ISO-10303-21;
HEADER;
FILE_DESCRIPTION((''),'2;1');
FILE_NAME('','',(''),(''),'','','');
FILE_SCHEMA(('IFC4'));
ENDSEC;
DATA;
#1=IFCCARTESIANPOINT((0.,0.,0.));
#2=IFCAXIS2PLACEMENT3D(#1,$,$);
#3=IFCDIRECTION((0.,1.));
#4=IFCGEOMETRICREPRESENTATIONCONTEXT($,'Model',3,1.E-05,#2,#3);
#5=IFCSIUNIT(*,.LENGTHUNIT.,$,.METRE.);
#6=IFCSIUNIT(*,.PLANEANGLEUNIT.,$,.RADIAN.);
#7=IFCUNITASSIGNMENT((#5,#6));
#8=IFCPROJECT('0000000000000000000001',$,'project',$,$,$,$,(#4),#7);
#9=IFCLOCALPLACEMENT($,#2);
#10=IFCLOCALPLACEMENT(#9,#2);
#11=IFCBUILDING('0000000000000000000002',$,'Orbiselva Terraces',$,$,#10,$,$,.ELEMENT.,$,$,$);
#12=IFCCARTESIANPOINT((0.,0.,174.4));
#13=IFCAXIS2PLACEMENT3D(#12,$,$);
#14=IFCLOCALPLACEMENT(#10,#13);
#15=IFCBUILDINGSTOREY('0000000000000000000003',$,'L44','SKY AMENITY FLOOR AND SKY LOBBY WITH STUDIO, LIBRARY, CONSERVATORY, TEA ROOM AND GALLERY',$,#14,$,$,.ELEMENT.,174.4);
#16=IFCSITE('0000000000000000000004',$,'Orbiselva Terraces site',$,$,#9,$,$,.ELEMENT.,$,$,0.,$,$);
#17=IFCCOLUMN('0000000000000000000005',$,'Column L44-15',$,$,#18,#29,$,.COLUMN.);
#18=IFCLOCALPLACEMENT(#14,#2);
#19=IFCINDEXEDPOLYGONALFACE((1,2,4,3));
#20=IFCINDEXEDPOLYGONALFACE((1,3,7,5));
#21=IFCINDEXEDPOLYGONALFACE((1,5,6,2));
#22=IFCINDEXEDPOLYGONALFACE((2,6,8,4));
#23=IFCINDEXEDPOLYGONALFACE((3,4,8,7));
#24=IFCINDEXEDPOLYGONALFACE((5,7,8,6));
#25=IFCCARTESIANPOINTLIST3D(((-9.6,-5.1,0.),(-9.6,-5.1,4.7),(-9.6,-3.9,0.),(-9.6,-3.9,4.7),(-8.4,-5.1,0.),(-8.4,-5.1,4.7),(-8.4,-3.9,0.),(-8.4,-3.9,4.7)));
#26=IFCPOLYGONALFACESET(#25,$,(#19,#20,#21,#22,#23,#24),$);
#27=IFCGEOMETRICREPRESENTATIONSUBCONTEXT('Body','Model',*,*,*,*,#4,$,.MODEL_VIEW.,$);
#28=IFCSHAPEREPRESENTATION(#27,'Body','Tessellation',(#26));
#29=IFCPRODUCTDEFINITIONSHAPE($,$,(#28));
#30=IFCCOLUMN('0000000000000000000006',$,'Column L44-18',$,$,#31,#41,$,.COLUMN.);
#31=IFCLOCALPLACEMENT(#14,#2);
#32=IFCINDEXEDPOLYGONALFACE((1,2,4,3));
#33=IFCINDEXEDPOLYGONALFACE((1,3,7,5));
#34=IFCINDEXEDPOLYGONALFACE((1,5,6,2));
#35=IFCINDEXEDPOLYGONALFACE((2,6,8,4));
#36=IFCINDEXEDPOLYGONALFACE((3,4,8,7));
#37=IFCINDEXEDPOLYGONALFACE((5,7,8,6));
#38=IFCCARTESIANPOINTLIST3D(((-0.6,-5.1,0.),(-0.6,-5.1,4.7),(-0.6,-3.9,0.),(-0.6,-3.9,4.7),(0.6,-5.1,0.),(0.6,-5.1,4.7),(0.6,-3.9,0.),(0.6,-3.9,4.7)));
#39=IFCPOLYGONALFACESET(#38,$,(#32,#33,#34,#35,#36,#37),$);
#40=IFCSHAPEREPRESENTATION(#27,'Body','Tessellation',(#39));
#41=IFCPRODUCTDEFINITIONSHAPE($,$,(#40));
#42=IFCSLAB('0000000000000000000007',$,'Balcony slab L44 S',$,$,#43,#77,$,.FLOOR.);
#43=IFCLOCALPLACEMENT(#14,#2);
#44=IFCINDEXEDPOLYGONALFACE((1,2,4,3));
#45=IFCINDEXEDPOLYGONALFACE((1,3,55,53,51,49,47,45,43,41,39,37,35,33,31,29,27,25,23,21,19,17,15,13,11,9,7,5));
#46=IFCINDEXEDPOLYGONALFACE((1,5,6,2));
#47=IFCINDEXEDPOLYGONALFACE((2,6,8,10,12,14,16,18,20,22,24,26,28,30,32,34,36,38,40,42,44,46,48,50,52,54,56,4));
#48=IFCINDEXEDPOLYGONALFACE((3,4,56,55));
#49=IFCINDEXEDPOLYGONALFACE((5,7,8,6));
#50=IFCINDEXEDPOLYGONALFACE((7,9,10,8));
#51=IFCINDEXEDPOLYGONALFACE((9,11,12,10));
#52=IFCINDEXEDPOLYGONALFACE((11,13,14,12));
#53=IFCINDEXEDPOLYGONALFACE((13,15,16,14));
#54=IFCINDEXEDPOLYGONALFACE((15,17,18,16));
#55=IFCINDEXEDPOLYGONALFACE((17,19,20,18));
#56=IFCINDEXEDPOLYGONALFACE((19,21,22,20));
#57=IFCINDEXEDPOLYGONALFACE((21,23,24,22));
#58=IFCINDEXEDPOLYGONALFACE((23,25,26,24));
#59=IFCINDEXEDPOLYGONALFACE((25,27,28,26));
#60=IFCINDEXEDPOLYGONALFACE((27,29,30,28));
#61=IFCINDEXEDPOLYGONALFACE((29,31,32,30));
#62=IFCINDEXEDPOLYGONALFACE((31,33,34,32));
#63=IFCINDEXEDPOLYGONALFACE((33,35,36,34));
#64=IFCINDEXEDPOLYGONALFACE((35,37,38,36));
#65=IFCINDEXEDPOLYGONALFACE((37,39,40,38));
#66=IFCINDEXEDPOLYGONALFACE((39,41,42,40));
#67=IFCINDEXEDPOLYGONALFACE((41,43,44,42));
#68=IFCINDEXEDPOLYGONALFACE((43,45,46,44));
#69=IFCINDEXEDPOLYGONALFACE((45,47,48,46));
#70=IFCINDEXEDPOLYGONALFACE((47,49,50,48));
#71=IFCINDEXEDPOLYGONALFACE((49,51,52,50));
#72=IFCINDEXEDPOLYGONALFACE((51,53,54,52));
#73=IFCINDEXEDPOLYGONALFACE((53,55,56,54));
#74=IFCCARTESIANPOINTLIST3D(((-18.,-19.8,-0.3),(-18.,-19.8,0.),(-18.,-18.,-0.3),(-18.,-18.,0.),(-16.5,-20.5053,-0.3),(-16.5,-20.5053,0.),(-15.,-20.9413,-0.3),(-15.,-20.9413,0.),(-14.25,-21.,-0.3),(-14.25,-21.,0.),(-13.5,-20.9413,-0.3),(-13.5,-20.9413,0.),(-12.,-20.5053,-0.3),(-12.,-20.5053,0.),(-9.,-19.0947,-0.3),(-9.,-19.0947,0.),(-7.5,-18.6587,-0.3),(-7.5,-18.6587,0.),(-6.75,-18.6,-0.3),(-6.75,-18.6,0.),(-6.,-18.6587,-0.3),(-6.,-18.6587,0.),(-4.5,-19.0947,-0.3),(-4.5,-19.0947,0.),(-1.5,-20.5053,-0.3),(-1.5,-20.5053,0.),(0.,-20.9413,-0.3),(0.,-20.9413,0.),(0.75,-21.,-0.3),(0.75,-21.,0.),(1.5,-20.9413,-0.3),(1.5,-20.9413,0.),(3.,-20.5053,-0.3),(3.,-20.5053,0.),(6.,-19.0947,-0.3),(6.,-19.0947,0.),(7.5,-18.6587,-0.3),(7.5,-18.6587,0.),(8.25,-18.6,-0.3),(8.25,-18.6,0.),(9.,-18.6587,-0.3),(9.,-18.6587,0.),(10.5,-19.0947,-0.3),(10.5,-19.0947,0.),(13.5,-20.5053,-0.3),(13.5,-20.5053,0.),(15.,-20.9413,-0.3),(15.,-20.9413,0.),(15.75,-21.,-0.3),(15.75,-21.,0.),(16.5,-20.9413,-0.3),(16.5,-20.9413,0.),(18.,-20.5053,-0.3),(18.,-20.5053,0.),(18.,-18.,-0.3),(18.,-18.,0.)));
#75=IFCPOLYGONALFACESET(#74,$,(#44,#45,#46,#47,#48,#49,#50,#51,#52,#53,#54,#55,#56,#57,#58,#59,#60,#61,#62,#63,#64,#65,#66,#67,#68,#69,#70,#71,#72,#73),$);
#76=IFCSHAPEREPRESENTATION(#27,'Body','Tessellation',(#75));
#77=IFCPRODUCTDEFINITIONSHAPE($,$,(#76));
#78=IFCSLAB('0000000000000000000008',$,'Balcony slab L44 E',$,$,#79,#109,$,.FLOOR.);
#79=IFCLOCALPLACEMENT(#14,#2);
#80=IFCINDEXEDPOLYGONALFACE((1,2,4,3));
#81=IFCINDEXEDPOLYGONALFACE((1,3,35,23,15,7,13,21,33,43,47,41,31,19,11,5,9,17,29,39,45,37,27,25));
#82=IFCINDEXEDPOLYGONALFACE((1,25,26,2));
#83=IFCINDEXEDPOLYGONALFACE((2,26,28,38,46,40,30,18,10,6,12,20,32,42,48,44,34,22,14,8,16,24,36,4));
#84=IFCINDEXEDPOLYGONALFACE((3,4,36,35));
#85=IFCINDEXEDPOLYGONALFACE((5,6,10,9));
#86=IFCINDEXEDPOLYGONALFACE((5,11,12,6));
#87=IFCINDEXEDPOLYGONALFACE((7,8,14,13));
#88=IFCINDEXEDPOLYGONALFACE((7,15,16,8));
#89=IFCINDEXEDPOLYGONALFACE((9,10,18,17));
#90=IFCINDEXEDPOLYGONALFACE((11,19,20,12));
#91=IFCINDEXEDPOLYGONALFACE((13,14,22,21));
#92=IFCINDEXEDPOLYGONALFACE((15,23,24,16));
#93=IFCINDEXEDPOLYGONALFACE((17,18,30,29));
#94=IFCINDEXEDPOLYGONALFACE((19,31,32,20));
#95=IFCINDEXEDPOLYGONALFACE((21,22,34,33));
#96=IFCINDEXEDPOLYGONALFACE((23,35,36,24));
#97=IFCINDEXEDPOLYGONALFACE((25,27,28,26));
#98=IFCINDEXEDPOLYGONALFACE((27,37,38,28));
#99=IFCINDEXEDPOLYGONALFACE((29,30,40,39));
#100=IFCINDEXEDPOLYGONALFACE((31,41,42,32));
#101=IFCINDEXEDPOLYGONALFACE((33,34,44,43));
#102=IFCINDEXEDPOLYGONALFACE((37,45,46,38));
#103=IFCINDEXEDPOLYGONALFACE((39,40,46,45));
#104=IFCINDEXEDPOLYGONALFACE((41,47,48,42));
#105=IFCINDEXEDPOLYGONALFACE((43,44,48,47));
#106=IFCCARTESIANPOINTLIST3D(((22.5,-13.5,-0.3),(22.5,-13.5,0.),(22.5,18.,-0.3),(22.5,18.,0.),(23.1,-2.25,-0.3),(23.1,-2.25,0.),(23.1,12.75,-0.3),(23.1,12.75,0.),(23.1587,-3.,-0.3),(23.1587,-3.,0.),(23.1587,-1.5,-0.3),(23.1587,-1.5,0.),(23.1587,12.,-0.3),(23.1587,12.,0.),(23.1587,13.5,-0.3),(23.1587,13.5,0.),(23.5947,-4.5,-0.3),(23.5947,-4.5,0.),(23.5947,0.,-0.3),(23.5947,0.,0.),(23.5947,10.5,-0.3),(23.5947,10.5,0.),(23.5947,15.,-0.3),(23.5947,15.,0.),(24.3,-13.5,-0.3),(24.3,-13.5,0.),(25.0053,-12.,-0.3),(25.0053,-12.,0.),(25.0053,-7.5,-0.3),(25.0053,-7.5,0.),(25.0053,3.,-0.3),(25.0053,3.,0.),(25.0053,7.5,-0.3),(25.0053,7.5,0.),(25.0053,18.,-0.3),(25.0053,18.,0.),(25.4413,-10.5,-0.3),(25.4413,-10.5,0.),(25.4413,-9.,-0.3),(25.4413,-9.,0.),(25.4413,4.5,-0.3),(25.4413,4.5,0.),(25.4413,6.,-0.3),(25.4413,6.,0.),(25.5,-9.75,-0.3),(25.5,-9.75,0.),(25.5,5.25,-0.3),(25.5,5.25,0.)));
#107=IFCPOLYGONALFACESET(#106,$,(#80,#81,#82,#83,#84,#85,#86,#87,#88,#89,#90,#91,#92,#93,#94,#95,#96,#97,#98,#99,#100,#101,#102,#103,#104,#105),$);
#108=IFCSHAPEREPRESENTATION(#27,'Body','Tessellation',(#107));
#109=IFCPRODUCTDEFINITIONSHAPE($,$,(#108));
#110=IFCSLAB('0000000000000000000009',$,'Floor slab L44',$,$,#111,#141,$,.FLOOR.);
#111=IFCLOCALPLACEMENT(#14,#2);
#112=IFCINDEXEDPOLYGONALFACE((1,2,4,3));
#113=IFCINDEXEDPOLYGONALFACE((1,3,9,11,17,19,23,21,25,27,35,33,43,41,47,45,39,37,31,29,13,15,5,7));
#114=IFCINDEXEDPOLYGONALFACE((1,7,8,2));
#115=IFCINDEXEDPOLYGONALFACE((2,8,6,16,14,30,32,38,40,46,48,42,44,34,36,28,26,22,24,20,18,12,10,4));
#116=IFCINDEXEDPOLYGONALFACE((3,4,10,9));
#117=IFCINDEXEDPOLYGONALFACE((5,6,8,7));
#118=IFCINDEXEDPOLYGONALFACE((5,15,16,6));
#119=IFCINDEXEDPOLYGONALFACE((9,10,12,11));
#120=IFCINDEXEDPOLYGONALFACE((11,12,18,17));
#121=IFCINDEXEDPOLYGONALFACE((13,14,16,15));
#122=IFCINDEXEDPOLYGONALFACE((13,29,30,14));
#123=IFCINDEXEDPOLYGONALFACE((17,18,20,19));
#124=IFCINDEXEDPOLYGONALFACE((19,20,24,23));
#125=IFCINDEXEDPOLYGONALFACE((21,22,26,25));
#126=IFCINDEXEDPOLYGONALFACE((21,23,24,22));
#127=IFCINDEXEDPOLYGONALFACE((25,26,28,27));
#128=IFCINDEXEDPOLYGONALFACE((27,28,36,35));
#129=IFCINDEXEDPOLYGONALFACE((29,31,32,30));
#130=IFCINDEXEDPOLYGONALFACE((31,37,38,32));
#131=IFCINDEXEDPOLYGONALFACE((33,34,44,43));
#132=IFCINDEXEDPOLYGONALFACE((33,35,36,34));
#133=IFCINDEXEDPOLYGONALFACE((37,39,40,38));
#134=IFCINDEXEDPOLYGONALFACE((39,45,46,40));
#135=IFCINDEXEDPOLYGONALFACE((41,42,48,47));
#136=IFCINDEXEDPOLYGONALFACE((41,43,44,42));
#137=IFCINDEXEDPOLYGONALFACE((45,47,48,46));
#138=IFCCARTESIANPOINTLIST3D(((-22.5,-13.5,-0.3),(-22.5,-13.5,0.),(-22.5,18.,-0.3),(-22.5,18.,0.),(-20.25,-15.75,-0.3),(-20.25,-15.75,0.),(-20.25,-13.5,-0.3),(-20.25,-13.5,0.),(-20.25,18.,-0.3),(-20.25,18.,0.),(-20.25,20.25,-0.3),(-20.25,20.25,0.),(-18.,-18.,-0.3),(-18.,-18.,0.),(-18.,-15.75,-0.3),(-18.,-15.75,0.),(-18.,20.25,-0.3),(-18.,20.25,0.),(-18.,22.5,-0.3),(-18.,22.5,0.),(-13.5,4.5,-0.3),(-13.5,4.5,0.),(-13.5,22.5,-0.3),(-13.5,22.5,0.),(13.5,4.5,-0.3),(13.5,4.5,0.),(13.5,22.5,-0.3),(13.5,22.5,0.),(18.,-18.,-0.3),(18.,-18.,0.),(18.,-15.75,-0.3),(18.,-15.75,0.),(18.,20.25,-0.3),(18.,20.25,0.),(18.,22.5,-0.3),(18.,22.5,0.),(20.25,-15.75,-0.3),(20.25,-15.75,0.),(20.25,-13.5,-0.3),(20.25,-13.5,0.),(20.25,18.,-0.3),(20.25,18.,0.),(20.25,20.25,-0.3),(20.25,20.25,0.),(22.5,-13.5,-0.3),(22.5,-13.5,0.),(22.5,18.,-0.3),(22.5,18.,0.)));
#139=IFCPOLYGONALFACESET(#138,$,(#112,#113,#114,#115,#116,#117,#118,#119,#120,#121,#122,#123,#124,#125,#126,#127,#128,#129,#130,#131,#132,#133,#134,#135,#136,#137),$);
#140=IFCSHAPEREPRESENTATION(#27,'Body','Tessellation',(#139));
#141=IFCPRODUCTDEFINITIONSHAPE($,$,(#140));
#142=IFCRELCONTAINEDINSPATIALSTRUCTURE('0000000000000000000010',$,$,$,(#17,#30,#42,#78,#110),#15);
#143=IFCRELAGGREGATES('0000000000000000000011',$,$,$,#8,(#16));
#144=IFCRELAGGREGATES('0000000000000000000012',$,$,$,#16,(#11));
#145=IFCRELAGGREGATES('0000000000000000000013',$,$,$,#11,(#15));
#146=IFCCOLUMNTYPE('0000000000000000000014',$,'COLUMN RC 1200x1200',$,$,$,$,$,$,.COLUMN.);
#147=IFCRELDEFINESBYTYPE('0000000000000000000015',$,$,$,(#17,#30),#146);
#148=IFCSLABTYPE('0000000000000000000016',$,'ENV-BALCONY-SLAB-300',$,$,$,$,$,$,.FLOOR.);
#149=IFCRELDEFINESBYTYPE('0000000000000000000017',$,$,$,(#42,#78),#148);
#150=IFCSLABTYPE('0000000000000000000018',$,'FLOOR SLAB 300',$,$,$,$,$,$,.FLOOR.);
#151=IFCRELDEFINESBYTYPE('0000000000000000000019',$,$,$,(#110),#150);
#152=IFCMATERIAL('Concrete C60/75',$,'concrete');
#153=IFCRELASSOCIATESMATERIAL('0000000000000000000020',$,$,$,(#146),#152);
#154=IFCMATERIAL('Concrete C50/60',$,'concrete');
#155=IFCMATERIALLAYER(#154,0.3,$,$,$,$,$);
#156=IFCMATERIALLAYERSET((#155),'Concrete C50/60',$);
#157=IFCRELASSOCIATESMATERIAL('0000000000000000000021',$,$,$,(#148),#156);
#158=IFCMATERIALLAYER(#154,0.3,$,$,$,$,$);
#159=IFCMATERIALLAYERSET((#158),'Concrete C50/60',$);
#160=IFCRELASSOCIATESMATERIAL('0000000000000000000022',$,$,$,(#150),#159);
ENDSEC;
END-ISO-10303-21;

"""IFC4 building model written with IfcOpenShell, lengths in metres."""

from ifc_helpers import new_model, si_unit, direction, frame, origin, origin_2d, place, context, subcontext, project, spatial, polyline, rectangle, outline, extrude, material, layer, layer_set, material_profile, profile_set, type_object, element, save


model = new_model("IFC4")

# Units and contexts
model_context = context("Model", 3, precision=1e-05, world=origin(), true_north=direction((0.0, 1.0)))
body_context = subcontext(model_context, "Body", "Model", "MODEL_VIEW")
ifc_project = project(units=[si_unit("LENGTHUNIT", "METRE"), si_unit("PLANEANGLEUNIT", "RADIAN")], contexts=[model_context])

# Site, building, storey
site_placement = place(None, origin())
site = spatial("IfcSite", under=ifc_project, at=site_placement, Name="Orbiselva Terraces site", CompositionType="ELEMENT", RefElevation=0.0)
building_placement = place(site_placement, origin())
building = spatial("IfcBuilding", under=site, at=building_placement, Name="Orbiselva Terraces", CompositionType="ELEMENT")
storey_placement = place(building_placement, frame((0.0, 0.0, 174.4)))
storey = spatial("IfcBuildingStorey", under=building, at=storey_placement, Name="L44", Description="SKY AMENITY FLOOR AND SKY LOBBY WITH STUDIO, LIBRARY, CONSERVATORY, TEA ROOM AND GALLERY", CompositionType="ELEMENT", Elevation=174.4)

# Columns
ifc_material_1 = material(Name="Concrete C60/75", Category="concrete")
ifc_material_profile = material_profile(ifc_material_1, rectangle(XDim=1.2, YDim=1.2, at=origin_2d()), Name="RC 1200x1200")
ifc_profile_set = profile_set([ifc_material_profile], Name="Concrete C60/75")
column_type = type_object("IfcColumnType", Name="COLUMN RC 1200x1200", PredefinedType="COLUMN", material=ifc_profile_set)
for number, where, z_axis, x_axis, name in (
    (1, (-9.0, -4.5, 0.0), (0.0, 0.0, 1.0), (1.0, 0.0, 0.0), "Column L44-15"),
    (2, (0.0, -4.5, 0.0), (0.0, 0.0, 1.0), (1.0, 0.0, 0.0), "Column L44-18"),
):
    element("IfcColumn", number, at=place(storey_placement, frame(where, z_axis=z_axis, x_axis=x_axis)), inside=storey, type_object=column_type, Name=name, PredefinedType="COLUMN", context=body_context, shape_type="SweptSolid", body=[
        extrude(rectangle(XDim=1.2, YDim=1.2, at=origin_2d()), origin(), (0.0, 0.0, 1.0), 4.7),
    ])

# Slabs
ifc_material_2 = material(Name="Concrete C50/60", Category="concrete")
ifc_layer_1 = layer(ifc_material_2, 0.3)
ifc_layer_set_1 = layer_set([ifc_layer_1], Name="Concrete C50/60")
slab_type_1 = type_object("IfcSlabType", Name="ENV-BALCONY-SLAB-300", PredefinedType="FLOOR", material=ifc_layer_set_1)
slab_1_placement = place(storey_placement, frame((0.0, 0.0, -0.3)))
element("IfcSlab", 3, at=slab_1_placement, inside=storey, type_object=slab_type_1, Name="Balcony slab L44 S", PredefinedType="FLOOR", context=body_context, shape_type="SweptSolid", body=[
    extrude(outline(polyline([(-18.0, -19.8), (-16.5, -20.5053), (-15.0, -20.9413), (-14.25, -21.0), (-13.5, -20.9413), (-12.0, -20.5053), (-9.0, -19.0947), (-7.5, -18.6587), (-6.75, -18.6), (-6.0, -18.6587), (-4.5, -19.0947), (-1.5, -20.5053), (0.0, -20.9413), (0.75, -21.0), (1.5, -20.9413), (3.0, -20.5053), (6.0, -19.0947), (7.5, -18.6587), (8.25, -18.6), (9.0, -18.6587), (10.5, -19.0947), (13.5, -20.5053), (15.0, -20.9413), (15.75, -21.0), (16.5, -20.9413), (18.0, -20.5053), (18.0, -18.0), (-18.0, -18.0), (-18.0, -19.8)])), origin(), (0.0, 0.0, 1.0), 0.3),
])
slab_2_placement = place(storey_placement, frame((0.0, 0.0, -0.3)))
element("IfcSlab", 4, at=slab_2_placement, inside=storey, type_object=slab_type_1, Name="Balcony slab L44 E", PredefinedType="FLOOR", context=body_context, shape_type="SweptSolid", body=[
    extrude(outline(polyline([(24.3, -13.5), (25.0053, -12.0), (25.4413, -10.5), (25.5, -9.75), (25.4413, -9.0), (25.0053, -7.5), (23.5947, -4.5), (23.1587, -3.0), (23.1, -2.25), (23.1587, -1.5), (23.5947, 0.0), (25.0053, 3.0), (25.4413, 4.5), (25.5, 5.25), (25.4413, 6.0), (25.0053, 7.5), (23.5947, 10.5), (23.1587, 12.0), (23.1, 12.75), (23.1587, 13.5), (23.5947, 15.0), (25.0053, 18.0), (22.5, 18.0), (22.5, -13.5), (24.3, -13.5)])), origin(), (0.0, 0.0, 1.0), 0.3),
])
ifc_layer_2 = layer(ifc_material_2, 0.3)
ifc_layer_set_2 = layer_set([ifc_layer_2], Name="Concrete C50/60")
slab_type_2 = type_object("IfcSlabType", Name="FLOOR SLAB 300", PredefinedType="FLOOR", material=ifc_layer_set_2)
slab_3_placement = place(storey_placement, frame((0.0, 0.0, -0.3)))
element("IfcSlab", 5, at=slab_3_placement, inside=storey, type_object=slab_type_2, Name="Floor slab L44", PredefinedType="FLOOR", context=body_context, shape_type="SweptSolid", body=[
    extrude(outline(polyline([(18.0, 22.5), (18.0, 20.25), (20.25, 20.25), (20.25, 18.0), (22.5, 18.0), (22.5, -13.5), (20.25, -13.5), (20.25, -15.75), (18.0, -15.75), (18.0, -18.0), (-18.0, -18.0), (-18.0, -15.75), (-20.25, -15.75), (-20.25, -13.5), (-22.5, -13.5), (-22.5, 18.0), (-20.25, 18.0), (-20.25, 20.25), (-18.0, 20.25), (-18.0, 22.5), (-13.5, 22.5), (-13.5, 4.5), (13.5, 4.5), (13.5, 22.5), (18.0, 22.5)])), origin(), (0.0, 0.0, 1.0), 0.3),
])

save(model, "model.ifc")
